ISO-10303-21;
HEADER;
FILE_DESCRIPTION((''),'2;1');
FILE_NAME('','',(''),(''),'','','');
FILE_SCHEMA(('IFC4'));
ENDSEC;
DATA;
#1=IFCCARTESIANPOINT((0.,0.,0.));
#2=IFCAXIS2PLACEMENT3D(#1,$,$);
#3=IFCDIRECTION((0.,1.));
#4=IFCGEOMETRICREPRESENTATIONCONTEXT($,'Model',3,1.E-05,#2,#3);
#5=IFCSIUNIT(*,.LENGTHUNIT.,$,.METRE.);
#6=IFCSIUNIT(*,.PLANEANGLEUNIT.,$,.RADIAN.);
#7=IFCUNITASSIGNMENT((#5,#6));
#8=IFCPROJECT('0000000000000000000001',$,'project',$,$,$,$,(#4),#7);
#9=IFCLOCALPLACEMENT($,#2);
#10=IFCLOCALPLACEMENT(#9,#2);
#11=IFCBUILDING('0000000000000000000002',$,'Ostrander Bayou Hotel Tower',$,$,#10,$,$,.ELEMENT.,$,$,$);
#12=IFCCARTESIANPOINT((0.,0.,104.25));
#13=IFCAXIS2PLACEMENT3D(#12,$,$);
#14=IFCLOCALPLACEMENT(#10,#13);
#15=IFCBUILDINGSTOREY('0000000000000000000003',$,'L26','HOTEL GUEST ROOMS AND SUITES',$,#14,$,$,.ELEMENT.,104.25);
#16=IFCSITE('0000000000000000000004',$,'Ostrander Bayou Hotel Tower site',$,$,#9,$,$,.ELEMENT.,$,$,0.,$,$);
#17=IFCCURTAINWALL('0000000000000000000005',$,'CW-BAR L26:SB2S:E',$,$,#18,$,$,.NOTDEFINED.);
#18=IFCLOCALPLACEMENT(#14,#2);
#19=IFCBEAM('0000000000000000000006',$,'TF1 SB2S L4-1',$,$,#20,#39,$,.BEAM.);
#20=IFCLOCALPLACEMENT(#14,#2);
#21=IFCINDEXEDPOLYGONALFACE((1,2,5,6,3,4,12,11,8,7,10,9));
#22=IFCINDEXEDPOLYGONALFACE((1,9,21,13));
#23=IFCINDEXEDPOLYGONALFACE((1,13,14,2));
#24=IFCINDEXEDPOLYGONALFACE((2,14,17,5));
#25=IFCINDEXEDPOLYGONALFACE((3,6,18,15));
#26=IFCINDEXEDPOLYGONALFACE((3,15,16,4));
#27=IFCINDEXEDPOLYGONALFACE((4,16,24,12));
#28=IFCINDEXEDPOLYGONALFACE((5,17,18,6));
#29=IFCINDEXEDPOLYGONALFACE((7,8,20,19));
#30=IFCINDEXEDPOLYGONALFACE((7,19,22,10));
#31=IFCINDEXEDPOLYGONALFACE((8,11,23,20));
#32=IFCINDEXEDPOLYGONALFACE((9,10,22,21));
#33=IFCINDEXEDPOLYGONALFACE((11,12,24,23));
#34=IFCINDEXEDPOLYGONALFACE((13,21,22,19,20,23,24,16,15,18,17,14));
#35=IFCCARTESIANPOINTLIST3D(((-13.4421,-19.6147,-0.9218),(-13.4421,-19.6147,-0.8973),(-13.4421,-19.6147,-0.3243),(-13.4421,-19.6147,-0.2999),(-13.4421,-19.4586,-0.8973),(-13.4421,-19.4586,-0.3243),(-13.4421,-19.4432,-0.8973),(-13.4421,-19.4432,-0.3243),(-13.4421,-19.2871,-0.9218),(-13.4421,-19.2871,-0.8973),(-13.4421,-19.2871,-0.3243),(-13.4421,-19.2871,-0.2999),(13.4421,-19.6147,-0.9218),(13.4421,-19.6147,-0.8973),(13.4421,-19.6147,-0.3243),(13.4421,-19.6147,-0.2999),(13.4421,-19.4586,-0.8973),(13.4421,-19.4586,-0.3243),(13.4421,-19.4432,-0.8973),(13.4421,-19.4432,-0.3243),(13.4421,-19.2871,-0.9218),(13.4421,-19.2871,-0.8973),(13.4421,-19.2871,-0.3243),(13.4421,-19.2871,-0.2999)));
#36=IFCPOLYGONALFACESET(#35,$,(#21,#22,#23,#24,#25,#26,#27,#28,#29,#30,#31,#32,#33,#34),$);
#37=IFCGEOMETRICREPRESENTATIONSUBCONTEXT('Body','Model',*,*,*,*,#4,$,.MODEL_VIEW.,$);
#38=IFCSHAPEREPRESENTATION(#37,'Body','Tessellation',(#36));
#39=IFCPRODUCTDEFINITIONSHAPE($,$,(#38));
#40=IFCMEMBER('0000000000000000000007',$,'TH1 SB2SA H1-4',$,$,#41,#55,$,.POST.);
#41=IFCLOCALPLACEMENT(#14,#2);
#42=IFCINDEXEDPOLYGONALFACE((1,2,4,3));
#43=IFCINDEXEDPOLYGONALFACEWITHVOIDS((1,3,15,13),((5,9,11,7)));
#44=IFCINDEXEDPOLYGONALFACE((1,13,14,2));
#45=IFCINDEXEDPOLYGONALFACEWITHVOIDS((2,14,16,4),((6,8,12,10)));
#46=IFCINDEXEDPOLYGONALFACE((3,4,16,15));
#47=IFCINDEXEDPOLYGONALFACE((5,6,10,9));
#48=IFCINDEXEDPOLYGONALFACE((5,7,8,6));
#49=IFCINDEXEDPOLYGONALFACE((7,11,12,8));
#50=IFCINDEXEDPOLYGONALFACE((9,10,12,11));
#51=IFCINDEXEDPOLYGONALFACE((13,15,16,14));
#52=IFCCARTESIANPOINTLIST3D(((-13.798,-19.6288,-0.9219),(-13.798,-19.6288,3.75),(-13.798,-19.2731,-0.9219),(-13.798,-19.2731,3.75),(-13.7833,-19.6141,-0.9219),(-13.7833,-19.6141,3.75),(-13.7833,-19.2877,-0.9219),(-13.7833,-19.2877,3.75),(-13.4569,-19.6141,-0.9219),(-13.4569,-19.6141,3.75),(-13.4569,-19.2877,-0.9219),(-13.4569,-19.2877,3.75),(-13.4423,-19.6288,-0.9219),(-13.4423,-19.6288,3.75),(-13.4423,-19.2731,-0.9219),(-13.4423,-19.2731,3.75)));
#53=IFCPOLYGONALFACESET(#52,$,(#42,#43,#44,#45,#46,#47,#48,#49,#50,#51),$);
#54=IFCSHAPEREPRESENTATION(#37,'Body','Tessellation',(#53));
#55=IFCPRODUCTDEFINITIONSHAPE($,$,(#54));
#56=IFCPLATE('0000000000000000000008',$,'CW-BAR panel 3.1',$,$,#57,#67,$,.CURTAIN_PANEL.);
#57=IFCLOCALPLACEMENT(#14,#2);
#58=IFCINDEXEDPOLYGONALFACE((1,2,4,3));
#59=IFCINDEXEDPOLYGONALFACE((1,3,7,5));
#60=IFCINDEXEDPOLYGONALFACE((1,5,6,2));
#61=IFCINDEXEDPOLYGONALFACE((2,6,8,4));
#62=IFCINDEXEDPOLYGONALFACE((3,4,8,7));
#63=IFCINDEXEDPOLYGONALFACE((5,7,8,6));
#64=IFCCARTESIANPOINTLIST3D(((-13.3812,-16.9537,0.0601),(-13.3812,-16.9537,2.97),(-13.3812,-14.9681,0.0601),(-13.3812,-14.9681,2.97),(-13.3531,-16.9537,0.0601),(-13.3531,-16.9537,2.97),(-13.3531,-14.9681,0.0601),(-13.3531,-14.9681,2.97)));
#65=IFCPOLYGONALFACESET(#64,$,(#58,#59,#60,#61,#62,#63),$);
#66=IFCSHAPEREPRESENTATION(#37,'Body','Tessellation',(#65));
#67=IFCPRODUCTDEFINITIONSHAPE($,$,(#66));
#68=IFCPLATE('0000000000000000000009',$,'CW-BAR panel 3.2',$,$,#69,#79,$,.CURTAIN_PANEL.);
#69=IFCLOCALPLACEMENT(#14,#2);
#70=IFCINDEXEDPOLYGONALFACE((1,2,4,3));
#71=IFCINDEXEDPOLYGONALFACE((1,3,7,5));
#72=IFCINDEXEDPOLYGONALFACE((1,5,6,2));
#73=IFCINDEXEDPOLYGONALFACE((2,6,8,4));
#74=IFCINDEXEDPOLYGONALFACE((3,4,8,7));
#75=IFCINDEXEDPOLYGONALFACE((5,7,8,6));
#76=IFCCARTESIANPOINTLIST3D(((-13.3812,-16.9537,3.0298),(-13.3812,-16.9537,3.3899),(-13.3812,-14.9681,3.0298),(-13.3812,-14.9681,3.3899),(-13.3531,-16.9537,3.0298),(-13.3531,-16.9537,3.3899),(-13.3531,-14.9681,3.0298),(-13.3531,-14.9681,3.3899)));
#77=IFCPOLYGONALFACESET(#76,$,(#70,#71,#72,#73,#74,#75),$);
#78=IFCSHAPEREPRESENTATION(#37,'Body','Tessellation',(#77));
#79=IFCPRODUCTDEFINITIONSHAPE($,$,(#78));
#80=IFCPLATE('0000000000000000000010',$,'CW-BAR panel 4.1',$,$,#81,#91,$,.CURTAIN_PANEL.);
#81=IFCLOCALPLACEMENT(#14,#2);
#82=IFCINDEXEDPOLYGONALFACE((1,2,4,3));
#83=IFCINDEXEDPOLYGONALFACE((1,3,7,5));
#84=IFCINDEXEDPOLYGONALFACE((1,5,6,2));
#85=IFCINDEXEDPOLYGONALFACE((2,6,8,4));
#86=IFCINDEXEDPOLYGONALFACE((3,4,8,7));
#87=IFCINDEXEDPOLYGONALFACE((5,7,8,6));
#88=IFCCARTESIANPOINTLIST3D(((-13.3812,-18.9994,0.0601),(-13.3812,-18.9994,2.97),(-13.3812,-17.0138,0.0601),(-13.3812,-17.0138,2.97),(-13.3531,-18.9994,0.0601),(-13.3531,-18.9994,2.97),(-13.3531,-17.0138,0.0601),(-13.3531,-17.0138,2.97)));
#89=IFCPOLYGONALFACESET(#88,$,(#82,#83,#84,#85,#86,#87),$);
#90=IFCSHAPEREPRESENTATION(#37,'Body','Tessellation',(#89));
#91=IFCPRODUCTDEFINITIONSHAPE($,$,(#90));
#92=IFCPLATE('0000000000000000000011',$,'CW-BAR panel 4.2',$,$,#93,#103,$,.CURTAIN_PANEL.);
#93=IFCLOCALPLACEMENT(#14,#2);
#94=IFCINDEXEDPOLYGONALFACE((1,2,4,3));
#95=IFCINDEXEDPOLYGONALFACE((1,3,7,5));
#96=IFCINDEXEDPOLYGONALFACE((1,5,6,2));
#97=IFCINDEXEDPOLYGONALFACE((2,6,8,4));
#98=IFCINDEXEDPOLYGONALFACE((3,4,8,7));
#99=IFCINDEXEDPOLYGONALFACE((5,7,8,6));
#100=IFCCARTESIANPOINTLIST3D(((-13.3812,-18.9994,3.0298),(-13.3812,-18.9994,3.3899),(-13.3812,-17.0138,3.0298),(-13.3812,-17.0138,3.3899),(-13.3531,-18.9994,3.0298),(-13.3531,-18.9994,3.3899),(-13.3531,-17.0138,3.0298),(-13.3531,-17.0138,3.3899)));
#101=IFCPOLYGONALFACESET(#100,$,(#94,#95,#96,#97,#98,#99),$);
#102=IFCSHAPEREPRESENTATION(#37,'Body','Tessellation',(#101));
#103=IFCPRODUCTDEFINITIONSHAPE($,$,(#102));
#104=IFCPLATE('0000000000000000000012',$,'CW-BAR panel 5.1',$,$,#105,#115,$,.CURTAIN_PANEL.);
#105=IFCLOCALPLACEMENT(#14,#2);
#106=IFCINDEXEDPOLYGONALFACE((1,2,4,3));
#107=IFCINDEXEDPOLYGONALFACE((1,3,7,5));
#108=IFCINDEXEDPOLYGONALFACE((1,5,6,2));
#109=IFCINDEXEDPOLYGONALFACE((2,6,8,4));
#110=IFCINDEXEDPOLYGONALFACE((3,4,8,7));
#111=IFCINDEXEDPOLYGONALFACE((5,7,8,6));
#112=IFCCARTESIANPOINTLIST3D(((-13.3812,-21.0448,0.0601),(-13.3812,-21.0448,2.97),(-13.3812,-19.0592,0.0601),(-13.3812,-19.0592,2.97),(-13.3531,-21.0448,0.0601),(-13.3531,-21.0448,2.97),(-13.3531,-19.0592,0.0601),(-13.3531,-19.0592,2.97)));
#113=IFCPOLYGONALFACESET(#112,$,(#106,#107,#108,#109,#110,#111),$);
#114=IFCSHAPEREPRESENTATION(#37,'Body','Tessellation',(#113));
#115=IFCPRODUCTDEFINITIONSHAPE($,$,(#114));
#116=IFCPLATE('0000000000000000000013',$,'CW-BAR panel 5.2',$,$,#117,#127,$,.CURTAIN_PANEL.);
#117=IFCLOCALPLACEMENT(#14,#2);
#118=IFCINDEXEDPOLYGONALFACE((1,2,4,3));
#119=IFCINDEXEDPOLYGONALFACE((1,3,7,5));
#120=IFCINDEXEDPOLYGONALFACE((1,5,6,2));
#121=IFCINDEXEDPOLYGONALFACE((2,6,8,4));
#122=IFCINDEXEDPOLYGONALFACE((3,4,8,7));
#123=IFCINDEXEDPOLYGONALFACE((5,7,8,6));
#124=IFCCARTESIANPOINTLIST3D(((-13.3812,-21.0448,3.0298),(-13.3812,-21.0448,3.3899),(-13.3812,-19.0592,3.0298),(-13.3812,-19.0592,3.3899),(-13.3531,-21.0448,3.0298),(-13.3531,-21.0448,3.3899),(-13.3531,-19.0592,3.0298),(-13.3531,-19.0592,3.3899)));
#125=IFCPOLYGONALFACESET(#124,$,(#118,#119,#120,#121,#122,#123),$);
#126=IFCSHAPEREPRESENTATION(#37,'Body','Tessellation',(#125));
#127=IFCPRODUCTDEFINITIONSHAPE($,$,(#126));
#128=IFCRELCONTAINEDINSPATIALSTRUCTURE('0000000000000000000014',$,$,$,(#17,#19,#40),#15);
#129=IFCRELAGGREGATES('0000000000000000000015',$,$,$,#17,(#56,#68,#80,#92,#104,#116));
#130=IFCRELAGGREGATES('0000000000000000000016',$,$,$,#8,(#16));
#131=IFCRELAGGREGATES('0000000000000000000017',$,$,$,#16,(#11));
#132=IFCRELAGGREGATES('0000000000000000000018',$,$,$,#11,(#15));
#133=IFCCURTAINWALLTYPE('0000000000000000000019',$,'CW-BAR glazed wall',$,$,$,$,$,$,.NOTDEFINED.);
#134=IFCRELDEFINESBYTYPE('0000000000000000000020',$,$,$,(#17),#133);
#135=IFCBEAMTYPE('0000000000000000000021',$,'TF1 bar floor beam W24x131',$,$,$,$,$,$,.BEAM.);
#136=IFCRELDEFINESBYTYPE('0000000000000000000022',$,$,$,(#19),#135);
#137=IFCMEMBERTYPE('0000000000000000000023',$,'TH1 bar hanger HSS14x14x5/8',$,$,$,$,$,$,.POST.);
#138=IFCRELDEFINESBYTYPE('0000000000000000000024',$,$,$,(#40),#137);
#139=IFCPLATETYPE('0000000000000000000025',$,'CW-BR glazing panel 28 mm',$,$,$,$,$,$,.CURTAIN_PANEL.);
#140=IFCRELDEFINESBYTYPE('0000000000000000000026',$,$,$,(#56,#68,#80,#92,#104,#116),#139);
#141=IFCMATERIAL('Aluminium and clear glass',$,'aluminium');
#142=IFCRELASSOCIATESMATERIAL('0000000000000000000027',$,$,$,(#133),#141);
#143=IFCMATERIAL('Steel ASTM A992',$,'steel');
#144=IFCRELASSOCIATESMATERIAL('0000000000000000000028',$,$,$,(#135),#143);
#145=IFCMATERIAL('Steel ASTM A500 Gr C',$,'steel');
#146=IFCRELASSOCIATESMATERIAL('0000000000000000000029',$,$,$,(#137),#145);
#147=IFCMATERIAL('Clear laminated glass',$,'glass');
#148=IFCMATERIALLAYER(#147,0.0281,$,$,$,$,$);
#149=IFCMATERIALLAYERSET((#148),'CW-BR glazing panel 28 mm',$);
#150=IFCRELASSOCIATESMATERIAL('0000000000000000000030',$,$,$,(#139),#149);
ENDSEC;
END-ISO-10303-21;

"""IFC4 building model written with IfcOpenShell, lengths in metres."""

from ifc_helpers import new_model, si_unit, direction, frame, origin, origin_2d, place, context, subcontext, project, spatial, rectangle, hollow_rectangle, i_section, extrude, material, layer, layer_set, material_profile, profile_set, type_object, element, aggregate, save


model = new_model("IFC4")

# Units and contexts
model_context = context("Model", 3, precision=1e-05, world=origin(), true_north=direction((0.0, 1.0)))
body_context = subcontext(model_context, "Body", "Model", "MODEL_VIEW")
ifc_project = project(units=[si_unit("LENGTHUNIT", "METRE"), si_unit("PLANEANGLEUNIT", "RADIAN")], contexts=[model_context])

# Site, building, storey
site_placement = place(None, origin())
site = spatial("IfcSite", under=ifc_project, at=site_placement, Name="Ostrander Bayou Hotel Tower site", CompositionType="ELEMENT", RefElevation=0.0)
building_placement = place(site_placement, origin())
building = spatial("IfcBuilding", under=site, at=building_placement, Name="Ostrander Bayou Hotel Tower", CompositionType="ELEMENT")
storey_placement = place(building_placement, frame((0.0, 0.0, 104.25)))
storey = spatial("IfcBuildingStorey", under=building, at=storey_placement, Name="L26", Description="HOTEL GUEST ROOMS AND SUITES", CompositionType="ELEMENT", Elevation=104.25)

# Curtain wall
ifc_material_1 = material(Name="Aluminium and clear glass", Category="aluminium")
curtain_wall_type = type_object("IfcCurtainWallType", Name="CW-BAR glazed wall", PredefinedType="NOTDEFINED", material=ifc_material_1)
curtain_wall_placement = place(storey_placement, origin())
curtain_wall = element("IfcCurtainWall", 1, at=curtain_wall_placement, inside=storey, type_object=curtain_wall_type, Name="CW-BAR L26:SB2S:E", PredefinedType="NOTDEFINED")

# Beam
ifc_material_2 = material(Name="Steel ASTM A992", Category="steel")
ifc_material_profile_1 = material_profile(ifc_material_2, i_section(OverallWidth=0.3276, OverallDepth=0.6218, WebThickness=0.0154, FlangeThickness=0.0244, at=origin_2d()))
ifc_profile_set_1 = profile_set([ifc_material_profile_1], Name="Steel ASTM A992")
beam_type = type_object("IfcBeamType", Name="TF1 bar floor beam W24x131", PredefinedType="BEAM", material=ifc_profile_set_1)
beam_placement = place(storey_placement, frame((-13.4421, -19.4509, -0.6108), z_axis=(1.0, 0.0, 0.0), x_axis=(0.0, 1.0, 0.0)))
element("IfcBeam", 2, at=beam_placement, inside=storey, type_object=beam_type, Name="TF1 SB2S L4-1", PredefinedType="BEAM", context=body_context, shape_type="SweptSolid", body=[
    extrude(i_section(OverallWidth=0.3276, OverallDepth=0.6218, WebThickness=0.0154, FlangeThickness=0.0244, at=origin_2d()), origin(), (0.0, 0.0, 1.0), 26.8843),
])

# Member
ifc_material_3 = material(Name="Steel ASTM A500 Gr C", Category="steel")
ifc_material_profile_2 = material_profile(ifc_material_3, hollow_rectangle(XDim=0.3557, YDim=0.3557, WallThickness=0.0146, at=origin_2d()))
ifc_profile_set_2 = profile_set([ifc_material_profile_2], Name="Steel ASTM A500 Gr C")
member_type_1 = type_object("IfcMemberType", Name="TH1 bar hanger HSS14x14x5/8", PredefinedType="POST", material=ifc_profile_set_2)
member_1_placement = place(storey_placement, frame((-13.6201, -19.4509, -0.9219), z_axis=(0.0, 0.0, 1.0), x_axis=(1.0, 0.0, 0.0)))
element("IfcMember", 3, at=member_1_placement, inside=storey, type_object=member_type_1, Name="TH1 SB2SA H1-4", PredefinedType="POST", context=body_context, shape_type="SweptSolid", body=[
    extrude(hollow_rectangle(XDim=0.3557, YDim=0.3557, WallThickness=0.0146, at=origin_2d()), origin(), (0.0, 0.0, 1.0), 4.6719),
])

# Plates
ifc_material_4 = material(Name="Clear laminated glass", Category="glass")
ifc_layer = layer(ifc_material_4, 0.0281)
ifc_layer_set = layer_set([ifc_layer], Name="CW-BR glazing panel 28 mm")
plate_type = type_object("IfcPlateType", Name="CW-BR glazing panel 28 mm", PredefinedType="CURTAIN_PANEL", material=ifc_layer_set)
plate_1_placement = place(storey_placement, frame((-13.3672, -15.9609, 0.0601), z_axis=(0.0, 0.0, 1.0), x_axis=(0.0, -1.0, 0.0)))
plate_1 = element("IfcPlate", 4, at=plate_1_placement, type_object=plate_type, Name="CW-BAR panel 3.1", PredefinedType="CURTAIN_PANEL", context=body_context, shape_type="SweptSolid", body=[
    extrude(rectangle(XDim=1.9856, YDim=0.0281, at=origin_2d()), origin(), (0.0, 0.0, 1.0), 2.9099),
])
plate_2_placement = place(storey_placement, frame((-13.3672, -15.9609, 3.0298), z_axis=(0.0, 0.0, 1.0), x_axis=(0.0, -1.0, 0.0)))
plate_2 = element("IfcPlate", 5, at=plate_2_placement, type_object=plate_type, Name="CW-BAR panel 3.2", PredefinedType="CURTAIN_PANEL", context=body_context, shape_type="SweptSolid", body=[
    extrude(rectangle(XDim=1.9856, YDim=0.0281, at=origin_2d()), origin(), (0.0, 0.0, 1.0), 0.3601),
])
plate_3_placement = place(storey_placement, frame((-13.3672, -18.0066, 0.0601), z_axis=(0.0, 0.0, 1.0), x_axis=(0.0, -1.0, 0.0)))
plate_3 = element("IfcPlate", 6, at=plate_3_placement, type_object=plate_type, Name="CW-BAR panel 4.1", PredefinedType="CURTAIN_PANEL", context=body_context, shape_type="SweptSolid", body=[
    extrude(rectangle(XDim=1.9856, YDim=0.0281, at=origin_2d()), origin(), (0.0, 0.0, 1.0), 2.9099),
])
plate_4_placement = place(storey_placement, frame((-13.3672, -18.0066, 3.0298), z_axis=(0.0, 0.0, 1.0), x_axis=(0.0, -1.0, 0.0)))
plate_4 = element("IfcPlate", 7, at=plate_4_placement, type_object=plate_type, Name="CW-BAR panel 4.2", PredefinedType="CURTAIN_PANEL", context=body_context, shape_type="SweptSolid", body=[
    extrude(rectangle(XDim=1.9856, YDim=0.0281, at=origin_2d()), origin(), (0.0, 0.0, 1.0), 0.3601),
])
plate_5_placement = place(storey_placement, frame((-13.3672, -20.052, 0.0601), z_axis=(0.0, 0.0, 1.0), x_axis=(0.0, -1.0, 0.0)))
plate_5 = element("IfcPlate", 8, at=plate_5_placement, type_object=plate_type, Name="CW-BAR panel 5.1", PredefinedType="CURTAIN_PANEL", context=body_context, shape_type="SweptSolid", body=[
    extrude(rectangle(XDim=1.9856, YDim=0.0281, at=origin_2d()), origin(), (0.0, 0.0, 1.0), 2.9099),
])
plate_6_placement = place(storey_placement, frame((-13.3672, -20.052, 3.0298), z_axis=(0.0, 0.0, 1.0), x_axis=(0.0, -1.0, 0.0)))
plate_6 = element("IfcPlate", 9, at=plate_6_placement, type_object=plate_type, Name="CW-BAR panel 5.2", PredefinedType="CURTAIN_PANEL", context=body_context, shape_type="SweptSolid", body=[
    extrude(rectangle(XDim=1.9856, YDim=0.0281, at=origin_2d()), origin(), (0.0, 0.0, 1.0), 0.3601),
])
aggregate(curtain_wall, [plate_1, plate_2, plate_3, plate_4, plate_5, plate_6])

save(model, "model.ifc")
